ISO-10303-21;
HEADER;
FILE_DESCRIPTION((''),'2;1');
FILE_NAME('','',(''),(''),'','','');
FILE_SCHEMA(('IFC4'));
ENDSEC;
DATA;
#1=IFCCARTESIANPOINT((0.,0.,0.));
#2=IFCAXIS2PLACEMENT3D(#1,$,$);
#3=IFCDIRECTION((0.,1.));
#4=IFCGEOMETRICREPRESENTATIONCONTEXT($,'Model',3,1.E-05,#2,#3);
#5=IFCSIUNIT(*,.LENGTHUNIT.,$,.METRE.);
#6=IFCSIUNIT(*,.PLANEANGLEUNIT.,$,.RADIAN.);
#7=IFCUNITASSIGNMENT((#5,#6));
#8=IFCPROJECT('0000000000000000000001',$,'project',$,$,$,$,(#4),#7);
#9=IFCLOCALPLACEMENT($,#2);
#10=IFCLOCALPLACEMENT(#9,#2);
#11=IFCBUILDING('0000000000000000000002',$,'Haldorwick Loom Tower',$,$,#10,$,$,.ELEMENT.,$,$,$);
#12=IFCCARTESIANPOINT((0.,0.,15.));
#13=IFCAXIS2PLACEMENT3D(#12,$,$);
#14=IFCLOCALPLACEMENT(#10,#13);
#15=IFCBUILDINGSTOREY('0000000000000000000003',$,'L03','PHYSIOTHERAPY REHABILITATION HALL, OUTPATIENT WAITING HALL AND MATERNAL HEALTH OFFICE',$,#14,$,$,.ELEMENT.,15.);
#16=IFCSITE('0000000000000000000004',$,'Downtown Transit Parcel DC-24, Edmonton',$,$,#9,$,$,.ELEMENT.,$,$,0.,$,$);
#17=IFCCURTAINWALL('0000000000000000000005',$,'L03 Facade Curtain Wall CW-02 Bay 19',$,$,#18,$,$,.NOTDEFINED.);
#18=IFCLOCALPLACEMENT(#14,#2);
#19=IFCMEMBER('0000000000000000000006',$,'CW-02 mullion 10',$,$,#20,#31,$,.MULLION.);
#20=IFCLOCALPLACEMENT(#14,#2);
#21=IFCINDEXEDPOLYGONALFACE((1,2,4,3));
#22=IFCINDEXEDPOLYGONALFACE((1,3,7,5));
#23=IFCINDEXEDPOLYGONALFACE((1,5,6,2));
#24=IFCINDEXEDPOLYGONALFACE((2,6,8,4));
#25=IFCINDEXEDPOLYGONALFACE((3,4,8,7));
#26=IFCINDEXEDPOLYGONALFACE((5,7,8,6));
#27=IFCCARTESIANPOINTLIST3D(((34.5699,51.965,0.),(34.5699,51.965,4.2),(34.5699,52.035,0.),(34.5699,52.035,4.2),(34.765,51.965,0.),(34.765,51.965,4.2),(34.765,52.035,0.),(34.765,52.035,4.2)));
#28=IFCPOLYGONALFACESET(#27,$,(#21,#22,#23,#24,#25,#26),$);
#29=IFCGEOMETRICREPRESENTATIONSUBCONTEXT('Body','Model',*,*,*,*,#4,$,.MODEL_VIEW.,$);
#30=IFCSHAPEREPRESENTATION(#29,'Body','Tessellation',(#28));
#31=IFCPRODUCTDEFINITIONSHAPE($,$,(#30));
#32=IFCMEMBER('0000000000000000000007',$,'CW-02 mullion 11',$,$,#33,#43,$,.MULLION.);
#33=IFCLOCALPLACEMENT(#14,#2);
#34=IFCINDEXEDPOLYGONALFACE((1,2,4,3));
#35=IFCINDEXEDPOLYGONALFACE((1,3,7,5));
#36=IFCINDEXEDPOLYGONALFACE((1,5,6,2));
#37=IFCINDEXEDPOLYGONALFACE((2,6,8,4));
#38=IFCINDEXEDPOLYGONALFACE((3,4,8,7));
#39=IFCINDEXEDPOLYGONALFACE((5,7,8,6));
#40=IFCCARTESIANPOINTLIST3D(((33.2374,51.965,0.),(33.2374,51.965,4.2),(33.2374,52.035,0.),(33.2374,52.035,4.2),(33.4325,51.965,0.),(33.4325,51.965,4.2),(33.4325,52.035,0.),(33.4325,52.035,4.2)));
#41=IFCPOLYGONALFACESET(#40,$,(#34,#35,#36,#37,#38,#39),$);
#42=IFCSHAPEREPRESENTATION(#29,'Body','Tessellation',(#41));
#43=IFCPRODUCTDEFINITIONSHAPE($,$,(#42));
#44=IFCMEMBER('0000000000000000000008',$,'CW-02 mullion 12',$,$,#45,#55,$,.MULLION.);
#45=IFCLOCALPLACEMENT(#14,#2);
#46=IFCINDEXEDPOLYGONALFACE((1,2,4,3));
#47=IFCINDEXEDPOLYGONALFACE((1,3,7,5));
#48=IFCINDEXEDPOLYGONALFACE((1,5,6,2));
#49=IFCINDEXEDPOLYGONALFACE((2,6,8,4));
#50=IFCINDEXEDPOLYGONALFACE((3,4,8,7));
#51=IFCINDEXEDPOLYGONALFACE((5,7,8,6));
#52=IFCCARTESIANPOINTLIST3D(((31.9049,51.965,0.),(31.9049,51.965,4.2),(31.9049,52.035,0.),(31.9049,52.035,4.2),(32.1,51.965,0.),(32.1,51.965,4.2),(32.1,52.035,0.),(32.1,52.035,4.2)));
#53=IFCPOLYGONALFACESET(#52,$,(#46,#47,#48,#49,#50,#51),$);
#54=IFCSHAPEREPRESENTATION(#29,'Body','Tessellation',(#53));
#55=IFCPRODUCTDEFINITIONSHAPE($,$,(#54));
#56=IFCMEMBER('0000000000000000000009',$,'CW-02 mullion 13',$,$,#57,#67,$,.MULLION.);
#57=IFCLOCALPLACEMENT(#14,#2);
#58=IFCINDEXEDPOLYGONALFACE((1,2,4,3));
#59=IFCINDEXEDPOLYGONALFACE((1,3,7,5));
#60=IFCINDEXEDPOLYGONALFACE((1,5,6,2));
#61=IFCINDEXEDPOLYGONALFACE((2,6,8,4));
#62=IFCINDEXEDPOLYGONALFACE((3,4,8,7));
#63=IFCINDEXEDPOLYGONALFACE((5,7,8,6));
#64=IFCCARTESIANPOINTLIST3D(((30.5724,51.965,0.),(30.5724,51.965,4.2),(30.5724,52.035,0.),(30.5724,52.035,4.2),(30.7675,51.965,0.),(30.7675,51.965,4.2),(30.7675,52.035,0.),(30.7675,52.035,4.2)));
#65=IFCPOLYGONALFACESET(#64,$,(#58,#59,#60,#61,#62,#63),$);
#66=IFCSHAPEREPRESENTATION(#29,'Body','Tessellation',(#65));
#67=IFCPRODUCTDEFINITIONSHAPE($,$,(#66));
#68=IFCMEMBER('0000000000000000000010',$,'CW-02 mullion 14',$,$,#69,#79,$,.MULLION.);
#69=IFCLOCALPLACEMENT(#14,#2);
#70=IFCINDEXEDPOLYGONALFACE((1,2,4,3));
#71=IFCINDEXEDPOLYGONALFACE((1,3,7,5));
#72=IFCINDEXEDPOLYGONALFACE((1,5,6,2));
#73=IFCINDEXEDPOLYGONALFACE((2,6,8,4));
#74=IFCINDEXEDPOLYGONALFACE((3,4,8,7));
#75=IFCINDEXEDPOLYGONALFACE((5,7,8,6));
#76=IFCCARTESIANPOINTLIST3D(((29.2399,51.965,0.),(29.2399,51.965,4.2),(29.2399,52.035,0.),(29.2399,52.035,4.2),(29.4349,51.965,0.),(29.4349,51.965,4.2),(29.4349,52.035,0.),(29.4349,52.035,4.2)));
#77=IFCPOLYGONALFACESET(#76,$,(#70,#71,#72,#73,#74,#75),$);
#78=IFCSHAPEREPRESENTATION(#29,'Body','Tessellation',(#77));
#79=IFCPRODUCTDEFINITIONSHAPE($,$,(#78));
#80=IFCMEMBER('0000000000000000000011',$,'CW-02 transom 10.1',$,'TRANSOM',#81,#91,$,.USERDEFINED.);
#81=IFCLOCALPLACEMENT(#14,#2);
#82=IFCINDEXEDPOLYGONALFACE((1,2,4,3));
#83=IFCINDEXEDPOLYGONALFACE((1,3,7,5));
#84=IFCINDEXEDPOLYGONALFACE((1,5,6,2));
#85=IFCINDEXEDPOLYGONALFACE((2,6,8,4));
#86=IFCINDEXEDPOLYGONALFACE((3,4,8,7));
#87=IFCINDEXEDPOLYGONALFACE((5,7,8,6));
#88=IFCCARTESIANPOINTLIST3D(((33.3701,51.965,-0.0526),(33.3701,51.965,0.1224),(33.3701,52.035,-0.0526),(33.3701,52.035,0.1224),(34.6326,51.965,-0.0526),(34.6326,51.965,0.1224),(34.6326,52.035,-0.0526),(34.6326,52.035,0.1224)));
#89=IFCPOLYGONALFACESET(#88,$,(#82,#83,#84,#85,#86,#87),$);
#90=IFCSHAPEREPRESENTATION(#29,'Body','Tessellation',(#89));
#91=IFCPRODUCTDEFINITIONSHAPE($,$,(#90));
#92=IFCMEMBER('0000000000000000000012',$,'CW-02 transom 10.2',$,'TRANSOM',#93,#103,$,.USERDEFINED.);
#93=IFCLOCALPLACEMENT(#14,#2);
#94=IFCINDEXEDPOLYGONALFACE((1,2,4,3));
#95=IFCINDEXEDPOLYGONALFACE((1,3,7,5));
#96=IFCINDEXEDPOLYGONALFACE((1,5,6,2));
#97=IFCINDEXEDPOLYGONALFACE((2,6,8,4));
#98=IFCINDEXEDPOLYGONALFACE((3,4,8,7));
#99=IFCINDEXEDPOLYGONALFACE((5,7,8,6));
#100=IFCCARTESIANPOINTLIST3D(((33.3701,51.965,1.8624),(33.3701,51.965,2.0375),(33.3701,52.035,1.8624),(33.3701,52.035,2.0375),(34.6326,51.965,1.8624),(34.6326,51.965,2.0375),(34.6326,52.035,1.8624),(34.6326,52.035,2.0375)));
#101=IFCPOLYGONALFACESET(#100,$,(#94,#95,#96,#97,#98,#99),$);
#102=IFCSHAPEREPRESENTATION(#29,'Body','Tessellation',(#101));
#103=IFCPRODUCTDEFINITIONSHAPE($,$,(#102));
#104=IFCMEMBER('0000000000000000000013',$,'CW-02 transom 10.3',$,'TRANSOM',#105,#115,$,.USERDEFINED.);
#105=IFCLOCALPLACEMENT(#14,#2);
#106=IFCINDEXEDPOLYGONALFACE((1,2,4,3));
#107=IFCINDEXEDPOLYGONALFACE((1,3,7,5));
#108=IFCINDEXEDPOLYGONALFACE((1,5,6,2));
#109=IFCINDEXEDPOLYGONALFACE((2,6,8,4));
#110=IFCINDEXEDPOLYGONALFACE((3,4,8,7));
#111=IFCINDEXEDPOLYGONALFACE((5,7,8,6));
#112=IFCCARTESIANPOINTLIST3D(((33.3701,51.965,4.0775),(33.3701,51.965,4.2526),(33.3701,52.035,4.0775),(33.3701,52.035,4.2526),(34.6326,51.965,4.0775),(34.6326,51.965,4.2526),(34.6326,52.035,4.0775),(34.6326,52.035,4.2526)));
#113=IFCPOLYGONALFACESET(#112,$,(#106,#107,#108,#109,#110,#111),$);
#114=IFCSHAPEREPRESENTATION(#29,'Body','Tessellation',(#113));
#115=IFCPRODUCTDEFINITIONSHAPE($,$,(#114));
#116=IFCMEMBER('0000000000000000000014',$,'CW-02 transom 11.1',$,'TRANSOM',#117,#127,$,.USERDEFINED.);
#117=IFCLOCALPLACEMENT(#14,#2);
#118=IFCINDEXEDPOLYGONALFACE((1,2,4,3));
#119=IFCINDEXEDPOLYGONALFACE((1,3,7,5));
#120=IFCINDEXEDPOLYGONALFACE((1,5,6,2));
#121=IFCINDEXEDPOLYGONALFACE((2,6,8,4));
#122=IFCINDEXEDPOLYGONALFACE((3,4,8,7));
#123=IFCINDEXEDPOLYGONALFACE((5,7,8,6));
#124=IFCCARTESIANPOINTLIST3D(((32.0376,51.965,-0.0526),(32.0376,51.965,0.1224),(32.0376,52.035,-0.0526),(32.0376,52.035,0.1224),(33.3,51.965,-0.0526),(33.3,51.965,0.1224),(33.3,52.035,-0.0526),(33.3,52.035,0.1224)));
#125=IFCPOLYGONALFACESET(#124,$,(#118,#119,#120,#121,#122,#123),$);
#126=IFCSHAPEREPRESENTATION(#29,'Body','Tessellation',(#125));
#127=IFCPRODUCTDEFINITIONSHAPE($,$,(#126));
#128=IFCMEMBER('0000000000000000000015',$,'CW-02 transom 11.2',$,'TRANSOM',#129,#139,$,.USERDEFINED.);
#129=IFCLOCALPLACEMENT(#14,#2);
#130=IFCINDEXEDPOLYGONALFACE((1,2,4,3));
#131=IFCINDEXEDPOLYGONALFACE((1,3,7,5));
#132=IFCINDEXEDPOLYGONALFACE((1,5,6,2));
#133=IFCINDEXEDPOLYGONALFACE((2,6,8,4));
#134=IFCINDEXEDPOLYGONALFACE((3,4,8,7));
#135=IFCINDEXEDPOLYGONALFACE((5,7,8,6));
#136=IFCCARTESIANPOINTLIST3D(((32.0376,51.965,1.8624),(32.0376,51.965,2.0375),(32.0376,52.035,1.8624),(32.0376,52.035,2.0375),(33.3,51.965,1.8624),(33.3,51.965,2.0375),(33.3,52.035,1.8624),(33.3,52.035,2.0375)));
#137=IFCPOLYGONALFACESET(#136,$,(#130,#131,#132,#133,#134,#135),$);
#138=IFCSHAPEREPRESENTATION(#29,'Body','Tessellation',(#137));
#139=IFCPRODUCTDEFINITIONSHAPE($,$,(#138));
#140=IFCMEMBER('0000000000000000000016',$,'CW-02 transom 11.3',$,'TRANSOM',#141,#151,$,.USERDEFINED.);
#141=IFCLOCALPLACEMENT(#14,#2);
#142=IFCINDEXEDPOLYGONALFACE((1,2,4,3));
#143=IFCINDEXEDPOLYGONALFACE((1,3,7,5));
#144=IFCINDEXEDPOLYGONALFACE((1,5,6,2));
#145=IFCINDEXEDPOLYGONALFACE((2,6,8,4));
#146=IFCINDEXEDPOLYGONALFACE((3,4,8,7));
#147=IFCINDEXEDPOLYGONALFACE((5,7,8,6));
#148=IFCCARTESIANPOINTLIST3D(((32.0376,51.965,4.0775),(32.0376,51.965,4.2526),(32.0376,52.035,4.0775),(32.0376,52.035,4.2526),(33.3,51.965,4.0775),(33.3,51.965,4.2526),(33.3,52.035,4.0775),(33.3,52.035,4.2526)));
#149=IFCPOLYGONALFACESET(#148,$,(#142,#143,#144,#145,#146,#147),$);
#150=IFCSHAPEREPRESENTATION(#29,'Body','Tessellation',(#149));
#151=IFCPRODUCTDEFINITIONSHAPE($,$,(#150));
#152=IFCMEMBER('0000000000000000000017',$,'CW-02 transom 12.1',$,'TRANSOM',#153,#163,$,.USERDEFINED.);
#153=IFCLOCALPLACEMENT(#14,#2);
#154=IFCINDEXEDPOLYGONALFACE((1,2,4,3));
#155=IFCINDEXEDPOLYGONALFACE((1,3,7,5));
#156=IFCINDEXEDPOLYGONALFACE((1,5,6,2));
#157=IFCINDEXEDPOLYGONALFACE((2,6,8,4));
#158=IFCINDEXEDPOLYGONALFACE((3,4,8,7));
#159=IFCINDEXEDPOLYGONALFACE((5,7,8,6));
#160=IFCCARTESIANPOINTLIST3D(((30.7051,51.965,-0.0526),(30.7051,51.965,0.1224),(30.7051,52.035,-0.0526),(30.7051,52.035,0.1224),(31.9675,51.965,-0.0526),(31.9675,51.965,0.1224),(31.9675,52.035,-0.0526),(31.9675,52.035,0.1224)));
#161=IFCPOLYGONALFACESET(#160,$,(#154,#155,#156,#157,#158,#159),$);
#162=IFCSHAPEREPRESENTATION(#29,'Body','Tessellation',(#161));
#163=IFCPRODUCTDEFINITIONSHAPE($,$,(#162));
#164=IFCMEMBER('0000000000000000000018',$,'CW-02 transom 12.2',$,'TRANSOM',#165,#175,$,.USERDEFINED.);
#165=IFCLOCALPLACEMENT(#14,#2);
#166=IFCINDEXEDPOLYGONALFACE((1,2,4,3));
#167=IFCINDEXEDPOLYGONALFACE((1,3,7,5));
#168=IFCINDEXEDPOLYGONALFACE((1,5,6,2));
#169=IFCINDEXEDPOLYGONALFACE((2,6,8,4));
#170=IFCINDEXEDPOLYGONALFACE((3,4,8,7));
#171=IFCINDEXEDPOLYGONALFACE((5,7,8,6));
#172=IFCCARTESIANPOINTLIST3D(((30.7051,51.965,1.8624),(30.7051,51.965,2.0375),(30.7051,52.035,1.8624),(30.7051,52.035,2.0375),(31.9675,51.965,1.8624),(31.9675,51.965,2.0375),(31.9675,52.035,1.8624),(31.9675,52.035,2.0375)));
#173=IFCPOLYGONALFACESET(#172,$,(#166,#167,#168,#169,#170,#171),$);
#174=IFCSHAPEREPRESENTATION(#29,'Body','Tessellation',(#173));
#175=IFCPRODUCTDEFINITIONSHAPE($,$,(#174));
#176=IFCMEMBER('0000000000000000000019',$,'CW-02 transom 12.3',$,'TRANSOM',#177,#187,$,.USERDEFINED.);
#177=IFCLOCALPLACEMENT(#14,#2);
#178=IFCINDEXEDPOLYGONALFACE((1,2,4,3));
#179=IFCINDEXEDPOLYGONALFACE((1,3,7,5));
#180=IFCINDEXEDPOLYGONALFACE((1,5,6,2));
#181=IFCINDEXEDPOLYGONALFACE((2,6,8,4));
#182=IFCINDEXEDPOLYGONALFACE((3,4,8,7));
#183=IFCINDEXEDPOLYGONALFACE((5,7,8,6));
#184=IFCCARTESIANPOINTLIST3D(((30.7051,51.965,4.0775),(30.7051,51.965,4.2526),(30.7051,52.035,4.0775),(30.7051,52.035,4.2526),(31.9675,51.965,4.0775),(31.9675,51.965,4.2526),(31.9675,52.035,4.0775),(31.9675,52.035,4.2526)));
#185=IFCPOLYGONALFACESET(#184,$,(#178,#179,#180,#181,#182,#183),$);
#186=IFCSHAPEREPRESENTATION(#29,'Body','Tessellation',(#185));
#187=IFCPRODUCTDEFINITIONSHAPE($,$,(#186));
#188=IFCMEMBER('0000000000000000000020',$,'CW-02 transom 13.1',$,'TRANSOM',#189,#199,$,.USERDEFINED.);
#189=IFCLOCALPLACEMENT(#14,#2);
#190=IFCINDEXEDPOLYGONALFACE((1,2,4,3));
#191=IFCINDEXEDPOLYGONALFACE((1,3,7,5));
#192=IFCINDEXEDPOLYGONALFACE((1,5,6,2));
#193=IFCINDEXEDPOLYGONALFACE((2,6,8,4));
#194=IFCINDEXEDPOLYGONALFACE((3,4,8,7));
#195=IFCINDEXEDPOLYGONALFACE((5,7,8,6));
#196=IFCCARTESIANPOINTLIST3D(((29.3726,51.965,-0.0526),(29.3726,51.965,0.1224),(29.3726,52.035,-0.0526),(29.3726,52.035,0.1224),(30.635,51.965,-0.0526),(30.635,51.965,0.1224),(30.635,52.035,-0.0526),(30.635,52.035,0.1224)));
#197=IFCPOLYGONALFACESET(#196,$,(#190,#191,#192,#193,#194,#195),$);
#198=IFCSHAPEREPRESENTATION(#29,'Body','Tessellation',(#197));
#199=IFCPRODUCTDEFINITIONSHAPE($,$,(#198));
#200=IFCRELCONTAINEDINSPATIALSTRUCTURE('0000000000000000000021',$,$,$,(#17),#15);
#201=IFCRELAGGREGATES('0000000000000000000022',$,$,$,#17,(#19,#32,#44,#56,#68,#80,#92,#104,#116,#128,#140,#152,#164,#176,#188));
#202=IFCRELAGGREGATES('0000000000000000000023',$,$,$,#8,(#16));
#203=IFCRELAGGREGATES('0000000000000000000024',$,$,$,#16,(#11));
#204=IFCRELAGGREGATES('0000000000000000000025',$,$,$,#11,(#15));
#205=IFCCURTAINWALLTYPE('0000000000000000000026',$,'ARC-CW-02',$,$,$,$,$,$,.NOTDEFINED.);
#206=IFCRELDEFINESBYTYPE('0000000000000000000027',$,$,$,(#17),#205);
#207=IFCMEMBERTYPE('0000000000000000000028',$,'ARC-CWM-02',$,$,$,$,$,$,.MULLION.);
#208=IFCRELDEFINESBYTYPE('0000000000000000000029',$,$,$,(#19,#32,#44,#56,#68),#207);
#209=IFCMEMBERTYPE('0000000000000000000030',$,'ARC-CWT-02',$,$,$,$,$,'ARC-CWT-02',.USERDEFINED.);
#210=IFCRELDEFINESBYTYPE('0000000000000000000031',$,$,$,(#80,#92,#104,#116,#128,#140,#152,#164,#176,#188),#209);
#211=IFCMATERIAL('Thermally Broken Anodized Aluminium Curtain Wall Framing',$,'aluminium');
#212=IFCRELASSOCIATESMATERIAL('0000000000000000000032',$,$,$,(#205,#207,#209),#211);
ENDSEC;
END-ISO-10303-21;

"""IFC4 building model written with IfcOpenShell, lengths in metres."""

from ifc_helpers import new_model, si_unit, direction, frame, origin, origin_2d, place, context, subcontext, project, spatial, rectangle, extrude, material, material_profile, profile_set, type_object, element, aggregate, save


model = new_model("IFC4")

# Units and contexts
model_context = context("Model", 3, precision=1e-05, world=origin(), true_north=direction((0.0, 1.0)))
body_context = subcontext(model_context, "Body", "Model", "MODEL_VIEW")
ifc_project = project(units=[si_unit("LENGTHUNIT", "METRE"), si_unit("PLANEANGLEUNIT", "RADIAN")], contexts=[model_context])

# Site, building, storey
site_placement = place(None, origin())
site = spatial("IfcSite", under=ifc_project, at=site_placement, Name="Downtown Transit Parcel DC-24, Edmonton", CompositionType="ELEMENT", RefElevation=0.0)
building_placement = place(site_placement, origin())
building = spatial("IfcBuilding", under=site, at=building_placement, Name="Haldorwick Loom Tower", CompositionType="ELEMENT")
storey_placement = place(building_placement, frame((0.0, 0.0, 15.0)))
storey = spatial("IfcBuildingStorey", under=building, at=storey_placement, Name="L03", Description="PHYSIOTHERAPY REHABILITATION HALL, OUTPATIENT WAITING HALL AND MATERNAL HEALTH OFFICE", CompositionType="ELEMENT", Elevation=15.0)

# Curtain wall, members
ifc_material_1 = material(Name="Thermally Broken Anodized Aluminium Curtain Wall Framing", Category="aluminium")
curtain_wall_type = type_object("IfcCurtainWallType", Name="ARC-CW-02", PredefinedType="NOTDEFINED", material=ifc_material_1)
curtain_wall_placement = place(storey_placement, origin())
curtain_wall = element("IfcCurtainWall", 1, at=curtain_wall_placement, inside=storey, type_object=curtain_wall_type, Name="L03 Facade Curtain Wall CW-02 Bay 19", PredefinedType="NOTDEFINED")
ifc_material_profile_1 = material_profile(ifc_material_1, rectangle(XDim=0.0701, YDim=0.1951, at=origin_2d()), Name="ALU_MUL_70X195", Category="aluminium")
ifc_profile_set_1 = profile_set([ifc_material_profile_1], Name="Thermally Broken Anodized Aluminium Curtain Wall Framing")
member_type_1 = type_object("IfcMemberType", Name="ARC-CWM-02", PredefinedType="MULLION", material=ifc_profile_set_1)
member_1_placement = place(storey_placement, frame((34.6675, 52.0, 0.0), z_axis=(0.0, 0.0, 1.0), x_axis=(0.0, -1.0, 0.0)))
member_1 = element("IfcMember", 2, at=member_1_placement, type_object=member_type_1, Name="CW-02 mullion 10", PredefinedType="MULLION", context=body_context, shape_type="SweptSolid", body=[
    extrude(rectangle(XDim=0.0701, YDim=0.1951, at=origin_2d()), origin(), (0.0, 0.0, 1.0), 4.2),
])
member_2_placement = place(storey_placement, frame((33.335, 52.0, 0.0), z_axis=(0.0, 0.0, 1.0), x_axis=(0.0, -1.0, 0.0)))
member_2 = element("IfcMember", 3, at=member_2_placement, type_object=member_type_1, Name="CW-02 mullion 11", PredefinedType="MULLION", context=body_context, shape_type="SweptSolid", body=[
    extrude(rectangle(XDim=0.0701, YDim=0.1951, at=origin_2d()), origin(), (0.0, 0.0, 1.0), 4.2),
])
member_3_placement = place(storey_placement, frame((32.0024, 52.0, 0.0), z_axis=(0.0, 0.0, 1.0), x_axis=(0.0, -1.0, 0.0)))
member_3 = element("IfcMember", 4, at=member_3_placement, type_object=member_type_1, Name="CW-02 mullion 12", PredefinedType="MULLION", context=body_context, shape_type="SweptSolid", body=[
    extrude(rectangle(XDim=0.0701, YDim=0.1951, at=origin_2d()), origin(), (0.0, 0.0, 1.0), 4.2),
])
member_4_placement = place(storey_placement, frame((30.6699, 52.0, 0.0), z_axis=(0.0, 0.0, 1.0), x_axis=(0.0, -1.0, 0.0)))
member_4 = element("IfcMember", 5, at=member_4_placement, type_object=member_type_1, Name="CW-02 mullion 13", PredefinedType="MULLION", context=body_context, shape_type="SweptSolid", body=[
    extrude(rectangle(XDim=0.0701, YDim=0.1951, at=origin_2d()), origin(), (0.0, 0.0, 1.0), 4.2),
])
member_5_placement = place(storey_placement, frame((29.3374, 52.0, 0.0), z_axis=(0.0, 0.0, 1.0), x_axis=(0.0, -1.0, 0.0)))
member_5 = element("IfcMember", 6, at=member_5_placement, type_object=member_type_1, Name="CW-02 mullion 14", PredefinedType="MULLION", context=body_context, shape_type="SweptSolid", body=[
    extrude(rectangle(XDim=0.0701, YDim=0.1951, at=origin_2d()), origin(), (0.0, 0.0, 1.0), 4.2),
])
ifc_material_profile_2 = material_profile(ifc_material_1, rectangle(XDim=0.0701, YDim=0.175, at=origin_2d()), Name="ALU_TRN_70X175", Category="aluminium")
ifc_profile_set_2 = profile_set([ifc_material_profile_2], Name="Thermally Broken Anodized Aluminium Curtain Wall Framing")
member_type_2 = type_object("IfcMemberType", Name="ARC-CWT-02", ElementType="ARC-CWT-02", PredefinedType="USERDEFINED", material=ifc_profile_set_2)
member_6_placement = place(storey_placement, frame((34.6326, 52.0, 0.0349), z_axis=(-1.0, 0.0, 0.0), x_axis=(0.0, -1.0, 0.0)))
member_6 = element("IfcMember", 7, at=member_6_placement, type_object=member_type_2, Name="CW-02 transom 10.1", ObjectType="TRANSOM", PredefinedType="USERDEFINED", context=body_context, shape_type="SweptSolid", body=[
    extrude(rectangle(XDim=0.0701, YDim=0.175, at=origin_2d()), origin(), (0.0, 0.0, 1.0), 1.2625),
])
member_7_placement = place(storey_placement, frame((34.6326, 52.0, 1.95), z_axis=(-1.0, 0.0, 0.0), x_axis=(0.0, -1.0, 0.0)))
member_7 = element("IfcMember", 8, at=member_7_placement, type_object=member_type_2, Name="CW-02 transom 10.2", ObjectType="TRANSOM", PredefinedType="USERDEFINED", context=body_context, shape_type="SweptSolid", body=[
    extrude(rectangle(XDim=0.0701, YDim=0.175, at=origin_2d()), origin(), (0.0, 0.0, 1.0), 1.2625),
])
member_8_placement = place(storey_placement, frame((34.6326, 52.0, 4.165), z_axis=(-1.0, 0.0, 0.0), x_axis=(0.0, -1.0, 0.0)))
member_8 = element("IfcMember", 9, at=member_8_placement, type_object=member_type_2, Name="CW-02 transom 10.3", ObjectType="TRANSOM", PredefinedType="USERDEFINED", context=body_context, shape_type="SweptSolid", body=[
    extrude(rectangle(XDim=0.0701, YDim=0.175, at=origin_2d()), origin(), (0.0, 0.0, 1.0), 1.2625),
])
member_9_placement = place(storey_placement, frame((33.3, 52.0, 0.0349), z_axis=(-1.0, 0.0, 0.0), x_axis=(0.0, -1.0, 0.0)))
member_9 = element("IfcMember", 10, at=member_9_placement, type_object=member_type_2, Name="CW-02 transom 11.1", ObjectType="TRANSOM", PredefinedType="USERDEFINED", context=body_context, shape_type="SweptSolid", body=[
    extrude(rectangle(XDim=0.0701, YDim=0.175, at=origin_2d()), origin(), (0.0, 0.0, 1.0), 1.2625),
])
member_10_placement = place(storey_placement, frame((33.3, 52.0, 1.95), z_axis=(-1.0, 0.0, 0.0), x_axis=(0.0, -1.0, 0.0)))
member_10 = element("IfcMember", 11, at=member_10_placement, type_object=member_type_2, Name="CW-02 transom 11.2", ObjectType="TRANSOM", PredefinedType="USERDEFINED", context=body_context, shape_type="SweptSolid", body=[
    extrude(rectangle(XDim=0.0701, YDim=0.175, at=origin_2d()), origin(), (0.0, 0.0, 1.0), 1.2625),
])
member_11_placement = place(storey_placement, frame((33.3, 52.0, 4.165), z_axis=(-1.0, 0.0, 0.0), x_axis=(0.0, -1.0, 0.0)))
member_11 = element("IfcMember", 12, at=member_11_placement, type_object=member_type_2, Name="CW-02 transom 11.3", ObjectType="TRANSOM", PredefinedType="USERDEFINED", context=body_context, shape_type="SweptSolid", body=[
    extrude(rectangle(XDim=0.0701, YDim=0.175, at=origin_2d()), origin(), (0.0, 0.0, 1.0), 1.2625),
])
member_12_placement = place(storey_placement, frame((31.9675, 52.0, 0.0349), z_axis=(-1.0, 0.0, 0.0), x_axis=(0.0, -1.0, 0.0)))
member_12 = element("IfcMember", 13, at=member_12_placement, type_object=member_type_2, Name="CW-02 transom 12.1", ObjectType="TRANSOM", PredefinedType="USERDEFINED", context=body_context, shape_type="SweptSolid", body=[
    extrude(rectangle(XDim=0.0701, YDim=0.175, at=origin_2d()), origin(), (0.0, 0.0, 1.0), 1.2625),
])
member_13_placement = place(storey_placement, frame((31.9675, 52.0, 1.95), z_axis=(-1.0, 0.0, 0.0), x_axis=(0.0, -1.0, 0.0)))
member_13 = element("IfcMember", 14, at=member_13_placement, type_object=member_type_2, Name="CW-02 transom 12.2", ObjectType="TRANSOM", PredefinedType="USERDEFINED", context=body_context, shape_type="SweptSolid", body=[
    extrude(rectangle(XDim=0.0701, YDim=0.175, at=origin_2d()), origin(), (0.0, 0.0, 1.0), 1.2625),
])
member_14_placement = place(storey_placement, frame((31.9675, 52.0, 4.165), z_axis=(-1.0, 0.0, 0.0), x_axis=(0.0, -1.0, 0.0)))
member_14 = element("IfcMember", 15, at=member_14_placement, type_object=member_type_2, Name="CW-02 transom 12.3", ObjectType="TRANSOM", PredefinedType="USERDEFINED", context=body_context, shape_type="SweptSolid", body=[
    extrude(rectangle(XDim=0.0701, YDim=0.175, at=origin_2d()), origin(), (0.0, 0.0, 1.0), 1.2625),
])
member_15_placement = place(storey_placement, frame((30.635, 52.0, 0.0349), z_axis=(-1.0, 0.0, 0.0), x_axis=(0.0, -1.0, 0.0)))
member_15 = element("IfcMember", 16, at=member_15_placement, type_object=member_type_2, Name="CW-02 transom 13.1", ObjectType="TRANSOM", PredefinedType="USERDEFINED", context=body_context, shape_type="SweptSolid", body=[
    extrude(rectangle(XDim=0.0701, YDim=0.175, at=origin_2d()), origin(), (0.0, 0.0, 1.0), 1.2625),
])
aggregate(curtain_wall, [member_1, member_2, member_3, member_4, member_5, member_6, member_7, member_8, member_9, member_10, member_11, member_12, member_13, member_14, member_15])

save(model, "model.ifc")
